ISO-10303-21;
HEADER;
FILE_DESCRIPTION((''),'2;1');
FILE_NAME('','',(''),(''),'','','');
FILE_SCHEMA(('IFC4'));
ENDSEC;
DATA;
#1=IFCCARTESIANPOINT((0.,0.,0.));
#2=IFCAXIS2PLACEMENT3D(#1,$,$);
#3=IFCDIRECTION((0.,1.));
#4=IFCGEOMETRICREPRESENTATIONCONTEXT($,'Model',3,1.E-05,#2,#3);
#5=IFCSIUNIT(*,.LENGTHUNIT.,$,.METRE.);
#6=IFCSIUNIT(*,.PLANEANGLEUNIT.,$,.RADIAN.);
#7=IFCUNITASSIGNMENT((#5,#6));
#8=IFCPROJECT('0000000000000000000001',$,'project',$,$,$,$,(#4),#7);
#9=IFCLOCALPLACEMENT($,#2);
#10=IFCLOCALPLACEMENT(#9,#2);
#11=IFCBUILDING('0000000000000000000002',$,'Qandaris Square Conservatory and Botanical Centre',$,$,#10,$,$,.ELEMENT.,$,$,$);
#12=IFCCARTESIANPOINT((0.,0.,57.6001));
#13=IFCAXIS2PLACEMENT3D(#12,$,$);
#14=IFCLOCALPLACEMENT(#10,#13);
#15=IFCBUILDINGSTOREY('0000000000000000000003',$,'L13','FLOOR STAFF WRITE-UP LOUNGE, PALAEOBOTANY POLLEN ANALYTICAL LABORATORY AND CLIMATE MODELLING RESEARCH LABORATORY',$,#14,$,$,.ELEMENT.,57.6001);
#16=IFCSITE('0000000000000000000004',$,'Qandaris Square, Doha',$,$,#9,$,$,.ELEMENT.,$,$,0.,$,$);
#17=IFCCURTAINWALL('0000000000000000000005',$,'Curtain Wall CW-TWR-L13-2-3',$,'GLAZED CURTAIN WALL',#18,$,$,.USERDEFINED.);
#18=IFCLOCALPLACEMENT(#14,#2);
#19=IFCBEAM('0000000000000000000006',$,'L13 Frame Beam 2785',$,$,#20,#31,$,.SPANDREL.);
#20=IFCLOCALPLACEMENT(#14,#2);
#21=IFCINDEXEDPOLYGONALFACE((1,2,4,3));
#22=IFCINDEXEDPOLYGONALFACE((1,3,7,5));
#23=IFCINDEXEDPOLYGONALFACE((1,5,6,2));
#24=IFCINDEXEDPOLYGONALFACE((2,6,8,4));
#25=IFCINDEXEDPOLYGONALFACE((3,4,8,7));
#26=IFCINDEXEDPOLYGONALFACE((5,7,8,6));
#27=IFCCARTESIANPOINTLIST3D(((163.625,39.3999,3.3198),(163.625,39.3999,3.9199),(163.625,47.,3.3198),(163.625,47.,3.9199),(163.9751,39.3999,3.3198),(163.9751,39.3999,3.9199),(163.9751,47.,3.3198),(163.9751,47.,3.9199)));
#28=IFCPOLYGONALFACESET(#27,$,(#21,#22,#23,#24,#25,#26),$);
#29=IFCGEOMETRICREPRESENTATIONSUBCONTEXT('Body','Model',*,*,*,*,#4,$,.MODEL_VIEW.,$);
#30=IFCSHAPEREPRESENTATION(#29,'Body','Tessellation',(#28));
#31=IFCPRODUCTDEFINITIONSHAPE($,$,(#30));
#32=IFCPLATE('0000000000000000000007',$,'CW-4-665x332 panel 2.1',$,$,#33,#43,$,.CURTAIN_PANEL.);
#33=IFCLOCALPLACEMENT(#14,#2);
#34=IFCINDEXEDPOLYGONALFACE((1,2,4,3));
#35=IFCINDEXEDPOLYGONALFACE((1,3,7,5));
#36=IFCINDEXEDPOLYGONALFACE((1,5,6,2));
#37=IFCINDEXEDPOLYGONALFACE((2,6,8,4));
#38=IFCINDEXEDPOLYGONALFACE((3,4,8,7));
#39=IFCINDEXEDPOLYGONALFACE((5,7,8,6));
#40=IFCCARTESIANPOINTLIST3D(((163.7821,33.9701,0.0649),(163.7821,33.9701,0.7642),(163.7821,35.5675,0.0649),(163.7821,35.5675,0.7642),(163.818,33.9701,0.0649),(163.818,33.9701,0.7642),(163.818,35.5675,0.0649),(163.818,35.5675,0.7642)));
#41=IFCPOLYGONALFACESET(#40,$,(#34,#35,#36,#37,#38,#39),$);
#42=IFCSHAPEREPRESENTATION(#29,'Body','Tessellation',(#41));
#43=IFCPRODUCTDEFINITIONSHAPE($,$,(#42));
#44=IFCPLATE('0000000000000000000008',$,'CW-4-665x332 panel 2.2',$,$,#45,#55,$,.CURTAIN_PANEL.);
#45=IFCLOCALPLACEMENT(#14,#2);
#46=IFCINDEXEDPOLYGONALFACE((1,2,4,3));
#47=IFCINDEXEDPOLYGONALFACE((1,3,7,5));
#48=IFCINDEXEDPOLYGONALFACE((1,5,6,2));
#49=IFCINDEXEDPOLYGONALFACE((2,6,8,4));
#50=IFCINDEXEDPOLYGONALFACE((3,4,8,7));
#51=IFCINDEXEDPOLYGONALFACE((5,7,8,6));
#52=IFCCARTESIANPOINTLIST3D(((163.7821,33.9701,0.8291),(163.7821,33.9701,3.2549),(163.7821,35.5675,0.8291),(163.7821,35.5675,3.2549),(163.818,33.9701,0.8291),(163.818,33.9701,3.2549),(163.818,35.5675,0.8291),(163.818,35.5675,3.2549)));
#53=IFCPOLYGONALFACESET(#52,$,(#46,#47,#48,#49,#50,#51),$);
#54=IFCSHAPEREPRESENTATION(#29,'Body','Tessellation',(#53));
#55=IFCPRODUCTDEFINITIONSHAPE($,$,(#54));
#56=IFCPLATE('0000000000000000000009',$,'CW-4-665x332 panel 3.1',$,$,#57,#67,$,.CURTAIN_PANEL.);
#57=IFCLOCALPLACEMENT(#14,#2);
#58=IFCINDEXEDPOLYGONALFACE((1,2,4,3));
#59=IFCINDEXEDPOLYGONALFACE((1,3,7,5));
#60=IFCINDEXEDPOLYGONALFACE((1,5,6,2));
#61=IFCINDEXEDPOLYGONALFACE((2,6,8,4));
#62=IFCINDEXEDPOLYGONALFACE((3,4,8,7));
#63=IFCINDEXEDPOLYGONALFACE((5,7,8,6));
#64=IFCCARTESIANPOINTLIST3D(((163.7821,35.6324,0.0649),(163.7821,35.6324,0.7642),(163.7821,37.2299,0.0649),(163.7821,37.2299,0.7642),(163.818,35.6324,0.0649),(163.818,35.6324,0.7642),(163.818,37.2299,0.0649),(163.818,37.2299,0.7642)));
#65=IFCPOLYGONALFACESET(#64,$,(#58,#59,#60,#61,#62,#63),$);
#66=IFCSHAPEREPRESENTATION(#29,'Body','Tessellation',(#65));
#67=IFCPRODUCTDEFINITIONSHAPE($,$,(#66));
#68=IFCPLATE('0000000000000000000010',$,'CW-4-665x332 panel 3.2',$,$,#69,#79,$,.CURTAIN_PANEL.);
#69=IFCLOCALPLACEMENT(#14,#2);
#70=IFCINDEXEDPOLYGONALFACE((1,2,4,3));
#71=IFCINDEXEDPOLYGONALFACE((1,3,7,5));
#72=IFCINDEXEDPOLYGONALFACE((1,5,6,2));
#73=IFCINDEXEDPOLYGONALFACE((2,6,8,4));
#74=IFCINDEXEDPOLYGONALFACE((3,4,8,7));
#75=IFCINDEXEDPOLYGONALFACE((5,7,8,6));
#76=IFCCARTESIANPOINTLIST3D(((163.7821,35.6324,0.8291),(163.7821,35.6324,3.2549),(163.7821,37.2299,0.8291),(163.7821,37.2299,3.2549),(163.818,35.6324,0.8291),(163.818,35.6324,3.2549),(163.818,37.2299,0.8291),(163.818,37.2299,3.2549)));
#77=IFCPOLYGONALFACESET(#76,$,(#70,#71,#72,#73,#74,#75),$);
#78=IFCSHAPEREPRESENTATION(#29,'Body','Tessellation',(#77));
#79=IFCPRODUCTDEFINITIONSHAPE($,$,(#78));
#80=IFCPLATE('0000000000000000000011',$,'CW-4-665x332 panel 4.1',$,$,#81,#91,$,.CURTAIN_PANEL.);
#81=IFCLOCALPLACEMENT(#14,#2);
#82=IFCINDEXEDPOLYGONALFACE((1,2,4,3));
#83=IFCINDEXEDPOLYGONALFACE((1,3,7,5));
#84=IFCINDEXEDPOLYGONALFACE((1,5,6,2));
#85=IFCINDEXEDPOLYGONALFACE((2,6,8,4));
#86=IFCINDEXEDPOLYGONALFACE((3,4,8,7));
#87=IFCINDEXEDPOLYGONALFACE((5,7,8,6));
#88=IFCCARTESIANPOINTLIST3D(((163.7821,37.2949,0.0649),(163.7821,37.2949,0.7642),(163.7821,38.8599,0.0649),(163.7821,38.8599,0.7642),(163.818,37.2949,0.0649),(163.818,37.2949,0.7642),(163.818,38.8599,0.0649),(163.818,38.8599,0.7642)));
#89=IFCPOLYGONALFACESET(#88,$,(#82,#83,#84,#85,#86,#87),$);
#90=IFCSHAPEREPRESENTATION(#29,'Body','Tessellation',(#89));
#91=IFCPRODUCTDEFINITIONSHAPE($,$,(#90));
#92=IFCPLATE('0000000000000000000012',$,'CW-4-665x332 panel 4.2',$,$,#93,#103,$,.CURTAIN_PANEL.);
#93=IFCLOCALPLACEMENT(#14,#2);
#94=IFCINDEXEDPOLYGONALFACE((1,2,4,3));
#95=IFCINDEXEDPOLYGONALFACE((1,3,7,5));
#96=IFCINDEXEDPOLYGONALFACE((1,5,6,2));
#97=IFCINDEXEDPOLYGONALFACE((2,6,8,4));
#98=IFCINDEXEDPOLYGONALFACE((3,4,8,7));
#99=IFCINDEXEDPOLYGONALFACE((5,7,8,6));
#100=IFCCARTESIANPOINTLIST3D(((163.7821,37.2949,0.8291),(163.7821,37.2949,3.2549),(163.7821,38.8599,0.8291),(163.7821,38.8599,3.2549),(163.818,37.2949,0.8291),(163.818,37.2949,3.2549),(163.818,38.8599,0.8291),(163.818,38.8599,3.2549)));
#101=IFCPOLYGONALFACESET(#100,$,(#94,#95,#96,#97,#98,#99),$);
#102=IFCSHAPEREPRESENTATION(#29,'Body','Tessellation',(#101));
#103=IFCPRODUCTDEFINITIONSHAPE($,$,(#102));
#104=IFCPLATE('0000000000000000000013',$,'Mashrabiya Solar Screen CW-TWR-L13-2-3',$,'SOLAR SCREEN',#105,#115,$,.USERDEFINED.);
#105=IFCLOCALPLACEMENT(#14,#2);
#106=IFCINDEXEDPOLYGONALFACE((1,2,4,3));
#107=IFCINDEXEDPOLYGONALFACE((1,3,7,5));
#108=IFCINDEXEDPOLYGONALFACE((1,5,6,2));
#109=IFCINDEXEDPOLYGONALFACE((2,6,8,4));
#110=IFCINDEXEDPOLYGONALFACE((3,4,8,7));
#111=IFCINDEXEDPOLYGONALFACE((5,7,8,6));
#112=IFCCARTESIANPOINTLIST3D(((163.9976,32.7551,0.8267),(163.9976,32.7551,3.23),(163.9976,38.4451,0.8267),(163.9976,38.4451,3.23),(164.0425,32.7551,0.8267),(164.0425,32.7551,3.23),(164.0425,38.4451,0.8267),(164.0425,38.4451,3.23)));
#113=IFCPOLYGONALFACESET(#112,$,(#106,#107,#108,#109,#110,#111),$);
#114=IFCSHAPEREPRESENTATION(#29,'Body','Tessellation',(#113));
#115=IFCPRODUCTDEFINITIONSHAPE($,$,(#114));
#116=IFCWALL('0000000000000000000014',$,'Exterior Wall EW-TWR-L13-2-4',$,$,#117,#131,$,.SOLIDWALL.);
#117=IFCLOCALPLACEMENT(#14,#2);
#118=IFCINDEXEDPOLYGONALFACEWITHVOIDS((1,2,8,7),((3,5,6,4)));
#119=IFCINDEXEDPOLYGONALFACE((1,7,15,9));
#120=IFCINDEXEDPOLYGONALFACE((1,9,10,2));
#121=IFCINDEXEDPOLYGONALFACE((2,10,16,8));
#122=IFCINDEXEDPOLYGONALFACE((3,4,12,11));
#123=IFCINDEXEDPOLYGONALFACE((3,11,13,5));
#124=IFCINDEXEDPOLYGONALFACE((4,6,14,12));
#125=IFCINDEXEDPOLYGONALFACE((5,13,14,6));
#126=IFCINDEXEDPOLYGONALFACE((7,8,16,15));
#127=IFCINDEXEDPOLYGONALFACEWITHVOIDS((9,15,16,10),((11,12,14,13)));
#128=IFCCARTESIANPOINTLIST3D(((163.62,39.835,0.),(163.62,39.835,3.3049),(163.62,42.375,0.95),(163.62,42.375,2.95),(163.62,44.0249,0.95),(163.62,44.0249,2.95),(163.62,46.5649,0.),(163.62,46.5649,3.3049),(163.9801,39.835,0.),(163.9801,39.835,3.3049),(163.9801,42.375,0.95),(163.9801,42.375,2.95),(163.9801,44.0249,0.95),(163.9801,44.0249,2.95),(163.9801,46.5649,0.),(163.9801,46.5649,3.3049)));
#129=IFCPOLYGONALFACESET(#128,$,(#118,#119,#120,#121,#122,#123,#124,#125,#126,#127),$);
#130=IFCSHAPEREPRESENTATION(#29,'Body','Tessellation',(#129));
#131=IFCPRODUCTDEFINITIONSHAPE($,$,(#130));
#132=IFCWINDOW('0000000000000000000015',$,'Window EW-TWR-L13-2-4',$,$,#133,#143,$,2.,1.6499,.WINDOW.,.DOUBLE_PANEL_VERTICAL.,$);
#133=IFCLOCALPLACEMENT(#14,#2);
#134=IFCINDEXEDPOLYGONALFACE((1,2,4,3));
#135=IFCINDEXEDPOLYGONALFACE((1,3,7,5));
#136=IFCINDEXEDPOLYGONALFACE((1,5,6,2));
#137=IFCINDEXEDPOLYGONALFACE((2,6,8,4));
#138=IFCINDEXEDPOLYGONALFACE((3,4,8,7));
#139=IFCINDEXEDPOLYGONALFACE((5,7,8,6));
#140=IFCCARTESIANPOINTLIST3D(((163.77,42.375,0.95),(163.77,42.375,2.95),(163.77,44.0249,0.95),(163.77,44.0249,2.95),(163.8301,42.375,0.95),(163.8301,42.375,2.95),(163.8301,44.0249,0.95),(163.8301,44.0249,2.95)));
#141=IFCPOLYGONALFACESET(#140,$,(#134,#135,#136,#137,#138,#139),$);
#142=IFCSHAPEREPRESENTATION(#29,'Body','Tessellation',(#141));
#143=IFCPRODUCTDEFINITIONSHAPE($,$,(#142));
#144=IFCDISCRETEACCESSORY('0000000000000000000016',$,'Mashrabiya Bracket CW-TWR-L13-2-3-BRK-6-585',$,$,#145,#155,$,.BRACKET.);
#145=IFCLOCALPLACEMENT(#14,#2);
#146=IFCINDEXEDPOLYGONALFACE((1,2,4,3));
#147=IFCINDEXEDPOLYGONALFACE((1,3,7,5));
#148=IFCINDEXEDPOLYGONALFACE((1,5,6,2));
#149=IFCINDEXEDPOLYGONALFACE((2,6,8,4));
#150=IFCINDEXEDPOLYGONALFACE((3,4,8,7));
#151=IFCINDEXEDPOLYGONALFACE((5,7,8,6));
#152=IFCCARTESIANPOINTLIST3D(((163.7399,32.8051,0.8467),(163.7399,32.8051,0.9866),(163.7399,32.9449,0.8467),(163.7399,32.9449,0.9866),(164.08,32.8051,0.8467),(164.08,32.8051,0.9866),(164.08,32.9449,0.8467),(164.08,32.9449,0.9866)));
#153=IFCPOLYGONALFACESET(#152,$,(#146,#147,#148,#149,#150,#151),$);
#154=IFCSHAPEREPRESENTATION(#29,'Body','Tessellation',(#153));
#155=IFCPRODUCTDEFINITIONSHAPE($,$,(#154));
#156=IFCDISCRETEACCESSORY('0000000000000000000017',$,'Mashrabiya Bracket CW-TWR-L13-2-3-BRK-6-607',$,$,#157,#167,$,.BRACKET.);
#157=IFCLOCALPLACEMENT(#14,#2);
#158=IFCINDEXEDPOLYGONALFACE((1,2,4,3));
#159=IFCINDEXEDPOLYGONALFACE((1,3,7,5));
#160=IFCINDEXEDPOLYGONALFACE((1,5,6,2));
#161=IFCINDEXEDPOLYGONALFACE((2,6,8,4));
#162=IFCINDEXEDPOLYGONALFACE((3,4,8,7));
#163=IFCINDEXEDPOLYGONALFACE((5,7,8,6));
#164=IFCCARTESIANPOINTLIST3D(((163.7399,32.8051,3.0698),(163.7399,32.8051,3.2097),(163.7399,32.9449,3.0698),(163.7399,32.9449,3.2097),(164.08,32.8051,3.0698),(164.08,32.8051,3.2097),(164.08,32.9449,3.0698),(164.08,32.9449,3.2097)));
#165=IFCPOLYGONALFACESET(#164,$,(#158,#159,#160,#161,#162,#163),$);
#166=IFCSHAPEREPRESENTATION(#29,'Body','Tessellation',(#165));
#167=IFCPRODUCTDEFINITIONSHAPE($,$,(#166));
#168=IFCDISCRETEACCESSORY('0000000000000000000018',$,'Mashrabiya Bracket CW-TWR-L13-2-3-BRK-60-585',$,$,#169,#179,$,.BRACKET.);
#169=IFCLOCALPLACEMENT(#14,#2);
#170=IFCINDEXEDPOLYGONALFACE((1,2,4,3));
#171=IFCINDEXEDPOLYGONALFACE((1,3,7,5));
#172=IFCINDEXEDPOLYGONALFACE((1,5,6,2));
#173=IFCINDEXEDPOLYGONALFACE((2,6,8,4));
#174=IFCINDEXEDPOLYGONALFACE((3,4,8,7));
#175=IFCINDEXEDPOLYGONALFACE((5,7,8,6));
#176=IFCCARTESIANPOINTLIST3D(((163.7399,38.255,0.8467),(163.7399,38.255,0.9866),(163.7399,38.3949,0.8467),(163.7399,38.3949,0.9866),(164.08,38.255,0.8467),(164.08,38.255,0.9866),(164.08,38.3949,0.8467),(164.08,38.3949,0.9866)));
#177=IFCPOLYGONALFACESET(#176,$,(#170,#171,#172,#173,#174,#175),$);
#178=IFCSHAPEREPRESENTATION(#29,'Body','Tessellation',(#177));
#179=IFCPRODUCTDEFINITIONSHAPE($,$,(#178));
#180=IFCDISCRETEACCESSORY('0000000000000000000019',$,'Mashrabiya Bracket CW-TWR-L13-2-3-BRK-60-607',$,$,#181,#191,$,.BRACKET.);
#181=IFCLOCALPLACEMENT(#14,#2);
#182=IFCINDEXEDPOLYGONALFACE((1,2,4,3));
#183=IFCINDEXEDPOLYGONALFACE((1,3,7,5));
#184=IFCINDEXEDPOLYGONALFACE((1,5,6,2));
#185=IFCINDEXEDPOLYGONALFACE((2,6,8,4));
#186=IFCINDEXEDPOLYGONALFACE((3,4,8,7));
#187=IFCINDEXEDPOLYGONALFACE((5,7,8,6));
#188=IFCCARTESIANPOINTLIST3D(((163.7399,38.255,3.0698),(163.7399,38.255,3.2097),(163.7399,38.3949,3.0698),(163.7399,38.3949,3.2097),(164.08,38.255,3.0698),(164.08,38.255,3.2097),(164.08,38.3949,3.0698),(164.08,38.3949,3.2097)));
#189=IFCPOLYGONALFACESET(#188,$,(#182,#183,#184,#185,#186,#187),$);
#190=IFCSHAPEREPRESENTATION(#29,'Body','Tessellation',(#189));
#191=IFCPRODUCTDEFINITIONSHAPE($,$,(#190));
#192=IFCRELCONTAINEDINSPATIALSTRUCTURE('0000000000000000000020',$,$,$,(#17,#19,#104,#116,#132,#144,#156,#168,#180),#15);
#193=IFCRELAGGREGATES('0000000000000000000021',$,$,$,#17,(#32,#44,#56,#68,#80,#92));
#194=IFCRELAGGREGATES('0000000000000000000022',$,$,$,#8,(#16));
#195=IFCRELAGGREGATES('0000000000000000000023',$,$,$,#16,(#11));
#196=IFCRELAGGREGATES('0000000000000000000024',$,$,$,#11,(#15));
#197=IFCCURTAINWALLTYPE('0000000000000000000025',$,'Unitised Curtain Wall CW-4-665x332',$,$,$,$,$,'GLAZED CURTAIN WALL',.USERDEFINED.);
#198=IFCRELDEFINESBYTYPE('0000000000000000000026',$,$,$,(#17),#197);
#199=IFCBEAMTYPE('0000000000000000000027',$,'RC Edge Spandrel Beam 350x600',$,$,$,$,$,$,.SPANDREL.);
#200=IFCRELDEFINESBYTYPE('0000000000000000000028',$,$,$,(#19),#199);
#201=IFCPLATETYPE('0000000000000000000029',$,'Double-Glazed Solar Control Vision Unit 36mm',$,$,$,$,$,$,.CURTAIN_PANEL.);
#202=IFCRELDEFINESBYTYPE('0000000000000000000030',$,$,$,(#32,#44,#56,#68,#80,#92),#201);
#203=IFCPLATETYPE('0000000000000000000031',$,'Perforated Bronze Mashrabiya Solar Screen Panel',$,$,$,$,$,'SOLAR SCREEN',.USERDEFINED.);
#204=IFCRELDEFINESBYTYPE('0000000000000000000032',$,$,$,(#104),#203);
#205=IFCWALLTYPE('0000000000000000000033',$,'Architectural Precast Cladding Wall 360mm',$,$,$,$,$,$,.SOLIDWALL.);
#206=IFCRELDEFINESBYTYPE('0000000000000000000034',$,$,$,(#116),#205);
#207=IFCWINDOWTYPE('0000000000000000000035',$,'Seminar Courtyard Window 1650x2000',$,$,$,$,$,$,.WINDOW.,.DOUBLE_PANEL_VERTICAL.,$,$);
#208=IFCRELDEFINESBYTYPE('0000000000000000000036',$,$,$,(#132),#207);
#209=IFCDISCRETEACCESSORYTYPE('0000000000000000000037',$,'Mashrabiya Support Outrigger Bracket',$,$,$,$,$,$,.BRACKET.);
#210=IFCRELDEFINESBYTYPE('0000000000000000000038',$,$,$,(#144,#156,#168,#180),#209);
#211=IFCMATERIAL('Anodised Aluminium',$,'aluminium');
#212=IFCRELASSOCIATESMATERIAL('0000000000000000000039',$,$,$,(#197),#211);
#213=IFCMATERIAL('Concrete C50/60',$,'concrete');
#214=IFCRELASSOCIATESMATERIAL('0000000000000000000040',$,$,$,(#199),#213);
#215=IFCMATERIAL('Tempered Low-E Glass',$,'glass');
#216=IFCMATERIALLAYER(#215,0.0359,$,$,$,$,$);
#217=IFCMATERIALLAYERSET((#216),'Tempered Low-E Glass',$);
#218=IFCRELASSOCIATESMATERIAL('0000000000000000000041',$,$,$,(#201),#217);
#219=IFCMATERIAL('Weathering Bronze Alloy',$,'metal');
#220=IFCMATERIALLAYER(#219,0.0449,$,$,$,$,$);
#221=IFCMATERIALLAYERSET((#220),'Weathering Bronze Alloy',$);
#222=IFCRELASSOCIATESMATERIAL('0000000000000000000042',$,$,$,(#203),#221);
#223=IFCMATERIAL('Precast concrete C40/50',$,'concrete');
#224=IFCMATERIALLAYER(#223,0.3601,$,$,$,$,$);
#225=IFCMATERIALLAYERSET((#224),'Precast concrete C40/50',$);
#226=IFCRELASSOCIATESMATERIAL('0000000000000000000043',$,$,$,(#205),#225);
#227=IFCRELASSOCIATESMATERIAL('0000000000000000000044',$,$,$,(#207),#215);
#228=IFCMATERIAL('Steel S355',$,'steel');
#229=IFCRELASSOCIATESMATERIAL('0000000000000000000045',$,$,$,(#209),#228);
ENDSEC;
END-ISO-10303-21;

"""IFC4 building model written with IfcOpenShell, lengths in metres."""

from ifc_helpers import new_model, si_unit, direction, frame, frame_2d, origin, origin_2d, place, context, subcontext, project, spatial, rectangle, extrude, material, layer, layer_set, material_profile, profile_set, type_object, element, fill, aggregate, save


model = new_model("IFC4")

# Units and contexts
model_context = context("Model", 3, precision=1e-05, world=origin(), true_north=direction((0.0, 1.0)))
body_context = subcontext(model_context, "Body", "Model", "MODEL_VIEW")
ifc_project = project(units=[si_unit("LENGTHUNIT", "METRE"), si_unit("PLANEANGLEUNIT", "RADIAN")], contexts=[model_context])

# Site, building, storey
site_placement = place(None, origin())
site = spatial("IfcSite", under=ifc_project, at=site_placement, Name="Qandaris Square, Doha", CompositionType="ELEMENT", RefElevation=0.0)
building_placement = place(site_placement, origin())
building = spatial("IfcBuilding", under=site, at=building_placement, Name="Qandaris Square Conservatory and Botanical Centre", CompositionType="ELEMENT")
storey_placement = place(building_placement, frame((0.0, 0.0, 57.6001)))
storey = spatial("IfcBuildingStorey", under=building, at=storey_placement, Name="L13", Description="FLOOR STAFF WRITE-UP LOUNGE, PALAEOBOTANY POLLEN ANALYTICAL LABORATORY AND CLIMATE MODELLING RESEARCH LABORATORY", CompositionType="ELEMENT", Elevation=57.6001)

# Shared definitions
ifc_material_1 = material(Name="Concrete C50/60", Category="concrete")

# Curtain wall
ifc_material_2 = material(Name="Anodised Aluminium", Category="aluminium")
curtain_wall_type = type_object("IfcCurtainWallType", Name="Unitised Curtain Wall CW-4-665x332", ElementType="GLAZED CURTAIN WALL", PredefinedType="USERDEFINED", material=ifc_material_2)
curtain_wall_placement = place(storey_placement, origin())
curtain_wall = element("IfcCurtainWall", 1, at=curtain_wall_placement, inside=storey, type_object=curtain_wall_type, Name="Curtain Wall CW-TWR-L13-2-3", ObjectType="GLAZED CURTAIN WALL", PredefinedType="USERDEFINED")

# Beam
ifc_material_profile_1 = material_profile(ifc_material_1, rectangle(XDim=0.3501, YDim=0.6001, at=origin_2d()), Name="RC-SP 350x600")
ifc_profile_set_1 = profile_set([ifc_material_profile_1], Name="Concrete C50/60")
beam_type = type_object("IfcBeamType", Name="RC Edge Spandrel Beam 350x600", PredefinedType="SPANDREL", material=ifc_profile_set_1)
beam_placement = place(storey_placement, frame((163.8, 39.3999, 3.6199), z_axis=(0.0, 1.0, 0.0), x_axis=(-1.0, 0.0, 0.0)))
element("IfcBeam", 2, at=beam_placement, inside=storey, type_object=beam_type, Name="L13 Frame Beam 2785", PredefinedType="SPANDREL", context=body_context, shape_type="SweptSolid", body=[
    extrude(rectangle(XDim=0.3501, YDim=0.6001, at=origin_2d()), origin(), (0.0, 0.0, 1.0), 7.6001),
])

# Plates
ifc_material_3 = material(Name="Tempered Low-E Glass", Category="glass")
ifc_layer_1 = layer(ifc_material_3, 0.0359)
ifc_layer_set_1 = layer_set([ifc_layer_1], Name="Tempered Low-E Glass")
plate_type_1 = type_object("IfcPlateType", Name="Double-Glazed Solar Control Vision Unit 36mm", PredefinedType="CURTAIN_PANEL", material=ifc_layer_set_1)
plate_1_placement = place(storey_placement, frame((163.8, 34.7688, 0.0649), z_axis=(0.0, 0.0, 1.0), x_axis=(0.0, 1.0, 0.0)))
plate_1 = element("IfcPlate", 3, at=plate_1_placement, type_object=plate_type_1, Name="CW-4-665x332 panel 2.1", PredefinedType="CURTAIN_PANEL", context=body_context, shape_type="SweptSolid", body=[
    extrude(rectangle(XDim=1.5974, YDim=0.0359, at=origin_2d()), origin(), (0.0, 0.0, 1.0), 0.6992),
])
plate_2_placement = place(storey_placement, frame((163.8, 34.7688, 0.8291), z_axis=(0.0, 0.0, 1.0), x_axis=(0.0, 1.0, 0.0)))
plate_2 = element("IfcPlate", 4, at=plate_2_placement, type_object=plate_type_1, Name="CW-4-665x332 panel 2.2", PredefinedType="CURTAIN_PANEL", context=body_context, shape_type="SweptSolid", body=[
    extrude(rectangle(XDim=1.5974, YDim=0.0359, at=origin_2d()), origin(), (0.0, 0.0, 1.0), 2.4258),
])
plate_3_placement = place(storey_placement, frame((163.8, 36.4312, 0.0649), z_axis=(0.0, 0.0, 1.0), x_axis=(0.0, 1.0, 0.0)))
plate_3 = element("IfcPlate", 5, at=plate_3_placement, type_object=plate_type_1, Name="CW-4-665x332 panel 3.1", PredefinedType="CURTAIN_PANEL", context=body_context, shape_type="SweptSolid", body=[
    extrude(rectangle(XDim=1.5974, YDim=0.0359, at=origin_2d()), origin(), (0.0, 0.0, 1.0), 0.6992),
])
plate_4_placement = place(storey_placement, frame((163.8, 36.4312, 0.8291), z_axis=(0.0, 0.0, 1.0), x_axis=(0.0, 1.0, 0.0)))
plate_4 = element("IfcPlate", 6, at=plate_4_placement, type_object=plate_type_1, Name="CW-4-665x332 panel 3.2", PredefinedType="CURTAIN_PANEL", context=body_context, shape_type="SweptSolid", body=[
    extrude(rectangle(XDim=1.5974, YDim=0.0359, at=origin_2d()), origin(), (0.0, 0.0, 1.0), 2.4258),
])
plate_5_placement = place(storey_placement, frame((163.8, 38.0774, 0.0649), z_axis=(0.0, 0.0, 1.0), x_axis=(0.0, 1.0, 0.0)))
plate_5 = element("IfcPlate", 7, at=plate_5_placement, type_object=plate_type_1, Name="CW-4-665x332 panel 4.1", PredefinedType="CURTAIN_PANEL", context=body_context, shape_type="SweptSolid", body=[
    extrude(rectangle(XDim=1.5649, YDim=0.0359, at=origin_2d()), origin(), (0.0, 0.0, 1.0), 0.6992),
])
plate_6_placement = place(storey_placement, frame((163.8, 38.0774, 0.8291), z_axis=(0.0, 0.0, 1.0), x_axis=(0.0, 1.0, 0.0)))
plate_6 = element("IfcPlate", 8, at=plate_6_placement, type_object=plate_type_1, Name="CW-4-665x332 panel 4.2", PredefinedType="CURTAIN_PANEL", context=body_context, shape_type="SweptSolid", body=[
    extrude(rectangle(XDim=1.5649, YDim=0.0359, at=origin_2d()), origin(), (0.0, 0.0, 1.0), 2.4258),
])
aggregate(curtain_wall, [plate_1, plate_2, plate_3, plate_4, plate_5, plate_6])
ifc_material_4 = material(Name="Weathering Bronze Alloy", Category="metal")
ifc_layer_2 = layer(ifc_material_4, 0.0449)
ifc_layer_set_2 = layer_set([ifc_layer_2], Name="Weathering Bronze Alloy")
plate_type_2 = type_object("IfcPlateType", Name="Perforated Bronze Mashrabiya Solar Screen Panel", ElementType="SOLAR SCREEN", PredefinedType="USERDEFINED", material=ifc_layer_set_2)
plate_7_placement = place(storey_placement, frame((164.02, 35.6001, 0.8267), z_axis=(0.0, 0.0, 1.0), x_axis=(0.0, 1.0, 0.0)))
element("IfcPlate", 9, at=plate_7_placement, inside=storey, type_object=plate_type_2, Name="Mashrabiya Solar Screen CW-TWR-L13-2-3", ObjectType="SOLAR SCREEN", PredefinedType="USERDEFINED", context=body_context, shape_type="SweptSolid", body=[
    extrude(rectangle(XDim=5.6899, YDim=0.0449, at=origin_2d()), origin(), (0.0, 0.0, 1.0), 2.4033),
])

# Wall, opening, window
ifc_material_5 = material(Name="Precast concrete C40/50", Category="concrete")
ifc_layer_3 = layer(ifc_material_5, 0.3601)
ifc_layer_set_3 = layer_set([ifc_layer_3], Name="Precast concrete C40/50")
wall_type = type_object("IfcWallType", Name="Architectural Precast Cladding Wall 360mm", PredefinedType="SOLIDWALL", material=ifc_layer_set_3)
wall_placement = place(storey_placement, frame((163.8, 39.835, 0.0), z_axis=(0.0, 0.0, 1.0), x_axis=(0.0, 1.0, 0.0)))
wall = element("IfcWall", 10, at=wall_placement, inside=storey, type_object=wall_type, Name="Exterior Wall EW-TWR-L13-2-4", PredefinedType="SOLIDWALL", context=body_context, shape_type="SweptSolid", body=[
    extrude(rectangle(XDim=6.73, YDim=0.3601, at=frame_2d((3.365, 0.0))), origin(), (0.0, 0.0, 1.0), 3.3049),
])
opening_placement = place(wall_placement, frame((2.54, 0.0, 0.95)))
opening = element("IfcOpeningElement", 11, at=opening_placement, cuts=wall, PredefinedType="OPENING", context=body_context, shape_type="SweptSolid", body=[
    extrude(rectangle(XDim=1.6499, YDim=2.0, at=frame_2d((0.825, 1.0))), frame((0.0, 0.1919, 0.0), z_axis=(0.0, -1.0, 0.0), x_axis=(1.0, 0.0, 0.0)), (0.0, 0.0, 1.0), 0.384),
])
window_type = type_object("IfcWindowType", Name="Seminar Courtyard Window 1650x2000", PartitioningType="DOUBLE_PANEL_VERTICAL", PredefinedType="WINDOW", material=ifc_material_3)
window_placement = place(opening_placement, origin())
window = element("IfcWindow", 12, at=window_placement, inside=storey, type_object=window_type, Name="Window EW-TWR-L13-2-4", OverallHeight=2.0, OverallWidth=1.6499, PartitioningType="DOUBLE_PANEL_VERTICAL", PredefinedType="WINDOW", context=body_context, shape_type="SweptSolid", body=[
    extrude(rectangle(XDim=1.6499, YDim=2.0, at=frame_2d((0.825, 1.0))), frame((0.0, 0.03, 0.0), z_axis=(0.0, -1.0, 0.0), x_axis=(1.0, 0.0, 0.0)), (0.0, 0.0, 1.0), 0.0601),
])
fill(opening, window)

# Discrete accessories
ifc_material_6 = material(Name="Steel S355", Category="steel")
discrete_accessory_type = type_object("IfcDiscreteAccessoryType", Name="Mashrabiya Support Outrigger Bracket", PredefinedType="BRACKET", material=ifc_material_6)
for number, where, z_axis, x_axis, name in (
    (13, (163.9099, 32.875, 0.8467), (0.0, 0.0, 1.0), (0.0, 1.0, 0.0), "Mashrabiya Bracket CW-TWR-L13-2-3-BRK-6-585"),
    (14, (163.9099, 32.875, 3.0698), (0.0, 0.0, 1.0), (0.0, 1.0, 0.0), "Mashrabiya Bracket CW-TWR-L13-2-3-BRK-6-607"),
    (15, (163.9099, 38.325, 0.8467), (0.0, 0.0, 1.0), (0.0, 1.0, 0.0), "Mashrabiya Bracket CW-TWR-L13-2-3-BRK-60-585"),
    (16, (163.9099, 38.325, 3.0698), (0.0, 0.0, 1.0), (0.0, 1.0, 0.0), "Mashrabiya Bracket CW-TWR-L13-2-3-BRK-60-607"),
):
    element("IfcDiscreteAccessory", number, at=place(storey_placement, frame(where, z_axis=z_axis, x_axis=x_axis)), inside=storey, type_object=discrete_accessory_type, Name=name, PredefinedType="BRACKET", context=body_context, shape_type="SweptSolid", body=[
        extrude(rectangle(XDim=0.1399, YDim=0.3401, at=origin_2d()), origin(), (0.0, 0.0, 1.0), 0.1399),
    ])

save(model, "model.ifc")
